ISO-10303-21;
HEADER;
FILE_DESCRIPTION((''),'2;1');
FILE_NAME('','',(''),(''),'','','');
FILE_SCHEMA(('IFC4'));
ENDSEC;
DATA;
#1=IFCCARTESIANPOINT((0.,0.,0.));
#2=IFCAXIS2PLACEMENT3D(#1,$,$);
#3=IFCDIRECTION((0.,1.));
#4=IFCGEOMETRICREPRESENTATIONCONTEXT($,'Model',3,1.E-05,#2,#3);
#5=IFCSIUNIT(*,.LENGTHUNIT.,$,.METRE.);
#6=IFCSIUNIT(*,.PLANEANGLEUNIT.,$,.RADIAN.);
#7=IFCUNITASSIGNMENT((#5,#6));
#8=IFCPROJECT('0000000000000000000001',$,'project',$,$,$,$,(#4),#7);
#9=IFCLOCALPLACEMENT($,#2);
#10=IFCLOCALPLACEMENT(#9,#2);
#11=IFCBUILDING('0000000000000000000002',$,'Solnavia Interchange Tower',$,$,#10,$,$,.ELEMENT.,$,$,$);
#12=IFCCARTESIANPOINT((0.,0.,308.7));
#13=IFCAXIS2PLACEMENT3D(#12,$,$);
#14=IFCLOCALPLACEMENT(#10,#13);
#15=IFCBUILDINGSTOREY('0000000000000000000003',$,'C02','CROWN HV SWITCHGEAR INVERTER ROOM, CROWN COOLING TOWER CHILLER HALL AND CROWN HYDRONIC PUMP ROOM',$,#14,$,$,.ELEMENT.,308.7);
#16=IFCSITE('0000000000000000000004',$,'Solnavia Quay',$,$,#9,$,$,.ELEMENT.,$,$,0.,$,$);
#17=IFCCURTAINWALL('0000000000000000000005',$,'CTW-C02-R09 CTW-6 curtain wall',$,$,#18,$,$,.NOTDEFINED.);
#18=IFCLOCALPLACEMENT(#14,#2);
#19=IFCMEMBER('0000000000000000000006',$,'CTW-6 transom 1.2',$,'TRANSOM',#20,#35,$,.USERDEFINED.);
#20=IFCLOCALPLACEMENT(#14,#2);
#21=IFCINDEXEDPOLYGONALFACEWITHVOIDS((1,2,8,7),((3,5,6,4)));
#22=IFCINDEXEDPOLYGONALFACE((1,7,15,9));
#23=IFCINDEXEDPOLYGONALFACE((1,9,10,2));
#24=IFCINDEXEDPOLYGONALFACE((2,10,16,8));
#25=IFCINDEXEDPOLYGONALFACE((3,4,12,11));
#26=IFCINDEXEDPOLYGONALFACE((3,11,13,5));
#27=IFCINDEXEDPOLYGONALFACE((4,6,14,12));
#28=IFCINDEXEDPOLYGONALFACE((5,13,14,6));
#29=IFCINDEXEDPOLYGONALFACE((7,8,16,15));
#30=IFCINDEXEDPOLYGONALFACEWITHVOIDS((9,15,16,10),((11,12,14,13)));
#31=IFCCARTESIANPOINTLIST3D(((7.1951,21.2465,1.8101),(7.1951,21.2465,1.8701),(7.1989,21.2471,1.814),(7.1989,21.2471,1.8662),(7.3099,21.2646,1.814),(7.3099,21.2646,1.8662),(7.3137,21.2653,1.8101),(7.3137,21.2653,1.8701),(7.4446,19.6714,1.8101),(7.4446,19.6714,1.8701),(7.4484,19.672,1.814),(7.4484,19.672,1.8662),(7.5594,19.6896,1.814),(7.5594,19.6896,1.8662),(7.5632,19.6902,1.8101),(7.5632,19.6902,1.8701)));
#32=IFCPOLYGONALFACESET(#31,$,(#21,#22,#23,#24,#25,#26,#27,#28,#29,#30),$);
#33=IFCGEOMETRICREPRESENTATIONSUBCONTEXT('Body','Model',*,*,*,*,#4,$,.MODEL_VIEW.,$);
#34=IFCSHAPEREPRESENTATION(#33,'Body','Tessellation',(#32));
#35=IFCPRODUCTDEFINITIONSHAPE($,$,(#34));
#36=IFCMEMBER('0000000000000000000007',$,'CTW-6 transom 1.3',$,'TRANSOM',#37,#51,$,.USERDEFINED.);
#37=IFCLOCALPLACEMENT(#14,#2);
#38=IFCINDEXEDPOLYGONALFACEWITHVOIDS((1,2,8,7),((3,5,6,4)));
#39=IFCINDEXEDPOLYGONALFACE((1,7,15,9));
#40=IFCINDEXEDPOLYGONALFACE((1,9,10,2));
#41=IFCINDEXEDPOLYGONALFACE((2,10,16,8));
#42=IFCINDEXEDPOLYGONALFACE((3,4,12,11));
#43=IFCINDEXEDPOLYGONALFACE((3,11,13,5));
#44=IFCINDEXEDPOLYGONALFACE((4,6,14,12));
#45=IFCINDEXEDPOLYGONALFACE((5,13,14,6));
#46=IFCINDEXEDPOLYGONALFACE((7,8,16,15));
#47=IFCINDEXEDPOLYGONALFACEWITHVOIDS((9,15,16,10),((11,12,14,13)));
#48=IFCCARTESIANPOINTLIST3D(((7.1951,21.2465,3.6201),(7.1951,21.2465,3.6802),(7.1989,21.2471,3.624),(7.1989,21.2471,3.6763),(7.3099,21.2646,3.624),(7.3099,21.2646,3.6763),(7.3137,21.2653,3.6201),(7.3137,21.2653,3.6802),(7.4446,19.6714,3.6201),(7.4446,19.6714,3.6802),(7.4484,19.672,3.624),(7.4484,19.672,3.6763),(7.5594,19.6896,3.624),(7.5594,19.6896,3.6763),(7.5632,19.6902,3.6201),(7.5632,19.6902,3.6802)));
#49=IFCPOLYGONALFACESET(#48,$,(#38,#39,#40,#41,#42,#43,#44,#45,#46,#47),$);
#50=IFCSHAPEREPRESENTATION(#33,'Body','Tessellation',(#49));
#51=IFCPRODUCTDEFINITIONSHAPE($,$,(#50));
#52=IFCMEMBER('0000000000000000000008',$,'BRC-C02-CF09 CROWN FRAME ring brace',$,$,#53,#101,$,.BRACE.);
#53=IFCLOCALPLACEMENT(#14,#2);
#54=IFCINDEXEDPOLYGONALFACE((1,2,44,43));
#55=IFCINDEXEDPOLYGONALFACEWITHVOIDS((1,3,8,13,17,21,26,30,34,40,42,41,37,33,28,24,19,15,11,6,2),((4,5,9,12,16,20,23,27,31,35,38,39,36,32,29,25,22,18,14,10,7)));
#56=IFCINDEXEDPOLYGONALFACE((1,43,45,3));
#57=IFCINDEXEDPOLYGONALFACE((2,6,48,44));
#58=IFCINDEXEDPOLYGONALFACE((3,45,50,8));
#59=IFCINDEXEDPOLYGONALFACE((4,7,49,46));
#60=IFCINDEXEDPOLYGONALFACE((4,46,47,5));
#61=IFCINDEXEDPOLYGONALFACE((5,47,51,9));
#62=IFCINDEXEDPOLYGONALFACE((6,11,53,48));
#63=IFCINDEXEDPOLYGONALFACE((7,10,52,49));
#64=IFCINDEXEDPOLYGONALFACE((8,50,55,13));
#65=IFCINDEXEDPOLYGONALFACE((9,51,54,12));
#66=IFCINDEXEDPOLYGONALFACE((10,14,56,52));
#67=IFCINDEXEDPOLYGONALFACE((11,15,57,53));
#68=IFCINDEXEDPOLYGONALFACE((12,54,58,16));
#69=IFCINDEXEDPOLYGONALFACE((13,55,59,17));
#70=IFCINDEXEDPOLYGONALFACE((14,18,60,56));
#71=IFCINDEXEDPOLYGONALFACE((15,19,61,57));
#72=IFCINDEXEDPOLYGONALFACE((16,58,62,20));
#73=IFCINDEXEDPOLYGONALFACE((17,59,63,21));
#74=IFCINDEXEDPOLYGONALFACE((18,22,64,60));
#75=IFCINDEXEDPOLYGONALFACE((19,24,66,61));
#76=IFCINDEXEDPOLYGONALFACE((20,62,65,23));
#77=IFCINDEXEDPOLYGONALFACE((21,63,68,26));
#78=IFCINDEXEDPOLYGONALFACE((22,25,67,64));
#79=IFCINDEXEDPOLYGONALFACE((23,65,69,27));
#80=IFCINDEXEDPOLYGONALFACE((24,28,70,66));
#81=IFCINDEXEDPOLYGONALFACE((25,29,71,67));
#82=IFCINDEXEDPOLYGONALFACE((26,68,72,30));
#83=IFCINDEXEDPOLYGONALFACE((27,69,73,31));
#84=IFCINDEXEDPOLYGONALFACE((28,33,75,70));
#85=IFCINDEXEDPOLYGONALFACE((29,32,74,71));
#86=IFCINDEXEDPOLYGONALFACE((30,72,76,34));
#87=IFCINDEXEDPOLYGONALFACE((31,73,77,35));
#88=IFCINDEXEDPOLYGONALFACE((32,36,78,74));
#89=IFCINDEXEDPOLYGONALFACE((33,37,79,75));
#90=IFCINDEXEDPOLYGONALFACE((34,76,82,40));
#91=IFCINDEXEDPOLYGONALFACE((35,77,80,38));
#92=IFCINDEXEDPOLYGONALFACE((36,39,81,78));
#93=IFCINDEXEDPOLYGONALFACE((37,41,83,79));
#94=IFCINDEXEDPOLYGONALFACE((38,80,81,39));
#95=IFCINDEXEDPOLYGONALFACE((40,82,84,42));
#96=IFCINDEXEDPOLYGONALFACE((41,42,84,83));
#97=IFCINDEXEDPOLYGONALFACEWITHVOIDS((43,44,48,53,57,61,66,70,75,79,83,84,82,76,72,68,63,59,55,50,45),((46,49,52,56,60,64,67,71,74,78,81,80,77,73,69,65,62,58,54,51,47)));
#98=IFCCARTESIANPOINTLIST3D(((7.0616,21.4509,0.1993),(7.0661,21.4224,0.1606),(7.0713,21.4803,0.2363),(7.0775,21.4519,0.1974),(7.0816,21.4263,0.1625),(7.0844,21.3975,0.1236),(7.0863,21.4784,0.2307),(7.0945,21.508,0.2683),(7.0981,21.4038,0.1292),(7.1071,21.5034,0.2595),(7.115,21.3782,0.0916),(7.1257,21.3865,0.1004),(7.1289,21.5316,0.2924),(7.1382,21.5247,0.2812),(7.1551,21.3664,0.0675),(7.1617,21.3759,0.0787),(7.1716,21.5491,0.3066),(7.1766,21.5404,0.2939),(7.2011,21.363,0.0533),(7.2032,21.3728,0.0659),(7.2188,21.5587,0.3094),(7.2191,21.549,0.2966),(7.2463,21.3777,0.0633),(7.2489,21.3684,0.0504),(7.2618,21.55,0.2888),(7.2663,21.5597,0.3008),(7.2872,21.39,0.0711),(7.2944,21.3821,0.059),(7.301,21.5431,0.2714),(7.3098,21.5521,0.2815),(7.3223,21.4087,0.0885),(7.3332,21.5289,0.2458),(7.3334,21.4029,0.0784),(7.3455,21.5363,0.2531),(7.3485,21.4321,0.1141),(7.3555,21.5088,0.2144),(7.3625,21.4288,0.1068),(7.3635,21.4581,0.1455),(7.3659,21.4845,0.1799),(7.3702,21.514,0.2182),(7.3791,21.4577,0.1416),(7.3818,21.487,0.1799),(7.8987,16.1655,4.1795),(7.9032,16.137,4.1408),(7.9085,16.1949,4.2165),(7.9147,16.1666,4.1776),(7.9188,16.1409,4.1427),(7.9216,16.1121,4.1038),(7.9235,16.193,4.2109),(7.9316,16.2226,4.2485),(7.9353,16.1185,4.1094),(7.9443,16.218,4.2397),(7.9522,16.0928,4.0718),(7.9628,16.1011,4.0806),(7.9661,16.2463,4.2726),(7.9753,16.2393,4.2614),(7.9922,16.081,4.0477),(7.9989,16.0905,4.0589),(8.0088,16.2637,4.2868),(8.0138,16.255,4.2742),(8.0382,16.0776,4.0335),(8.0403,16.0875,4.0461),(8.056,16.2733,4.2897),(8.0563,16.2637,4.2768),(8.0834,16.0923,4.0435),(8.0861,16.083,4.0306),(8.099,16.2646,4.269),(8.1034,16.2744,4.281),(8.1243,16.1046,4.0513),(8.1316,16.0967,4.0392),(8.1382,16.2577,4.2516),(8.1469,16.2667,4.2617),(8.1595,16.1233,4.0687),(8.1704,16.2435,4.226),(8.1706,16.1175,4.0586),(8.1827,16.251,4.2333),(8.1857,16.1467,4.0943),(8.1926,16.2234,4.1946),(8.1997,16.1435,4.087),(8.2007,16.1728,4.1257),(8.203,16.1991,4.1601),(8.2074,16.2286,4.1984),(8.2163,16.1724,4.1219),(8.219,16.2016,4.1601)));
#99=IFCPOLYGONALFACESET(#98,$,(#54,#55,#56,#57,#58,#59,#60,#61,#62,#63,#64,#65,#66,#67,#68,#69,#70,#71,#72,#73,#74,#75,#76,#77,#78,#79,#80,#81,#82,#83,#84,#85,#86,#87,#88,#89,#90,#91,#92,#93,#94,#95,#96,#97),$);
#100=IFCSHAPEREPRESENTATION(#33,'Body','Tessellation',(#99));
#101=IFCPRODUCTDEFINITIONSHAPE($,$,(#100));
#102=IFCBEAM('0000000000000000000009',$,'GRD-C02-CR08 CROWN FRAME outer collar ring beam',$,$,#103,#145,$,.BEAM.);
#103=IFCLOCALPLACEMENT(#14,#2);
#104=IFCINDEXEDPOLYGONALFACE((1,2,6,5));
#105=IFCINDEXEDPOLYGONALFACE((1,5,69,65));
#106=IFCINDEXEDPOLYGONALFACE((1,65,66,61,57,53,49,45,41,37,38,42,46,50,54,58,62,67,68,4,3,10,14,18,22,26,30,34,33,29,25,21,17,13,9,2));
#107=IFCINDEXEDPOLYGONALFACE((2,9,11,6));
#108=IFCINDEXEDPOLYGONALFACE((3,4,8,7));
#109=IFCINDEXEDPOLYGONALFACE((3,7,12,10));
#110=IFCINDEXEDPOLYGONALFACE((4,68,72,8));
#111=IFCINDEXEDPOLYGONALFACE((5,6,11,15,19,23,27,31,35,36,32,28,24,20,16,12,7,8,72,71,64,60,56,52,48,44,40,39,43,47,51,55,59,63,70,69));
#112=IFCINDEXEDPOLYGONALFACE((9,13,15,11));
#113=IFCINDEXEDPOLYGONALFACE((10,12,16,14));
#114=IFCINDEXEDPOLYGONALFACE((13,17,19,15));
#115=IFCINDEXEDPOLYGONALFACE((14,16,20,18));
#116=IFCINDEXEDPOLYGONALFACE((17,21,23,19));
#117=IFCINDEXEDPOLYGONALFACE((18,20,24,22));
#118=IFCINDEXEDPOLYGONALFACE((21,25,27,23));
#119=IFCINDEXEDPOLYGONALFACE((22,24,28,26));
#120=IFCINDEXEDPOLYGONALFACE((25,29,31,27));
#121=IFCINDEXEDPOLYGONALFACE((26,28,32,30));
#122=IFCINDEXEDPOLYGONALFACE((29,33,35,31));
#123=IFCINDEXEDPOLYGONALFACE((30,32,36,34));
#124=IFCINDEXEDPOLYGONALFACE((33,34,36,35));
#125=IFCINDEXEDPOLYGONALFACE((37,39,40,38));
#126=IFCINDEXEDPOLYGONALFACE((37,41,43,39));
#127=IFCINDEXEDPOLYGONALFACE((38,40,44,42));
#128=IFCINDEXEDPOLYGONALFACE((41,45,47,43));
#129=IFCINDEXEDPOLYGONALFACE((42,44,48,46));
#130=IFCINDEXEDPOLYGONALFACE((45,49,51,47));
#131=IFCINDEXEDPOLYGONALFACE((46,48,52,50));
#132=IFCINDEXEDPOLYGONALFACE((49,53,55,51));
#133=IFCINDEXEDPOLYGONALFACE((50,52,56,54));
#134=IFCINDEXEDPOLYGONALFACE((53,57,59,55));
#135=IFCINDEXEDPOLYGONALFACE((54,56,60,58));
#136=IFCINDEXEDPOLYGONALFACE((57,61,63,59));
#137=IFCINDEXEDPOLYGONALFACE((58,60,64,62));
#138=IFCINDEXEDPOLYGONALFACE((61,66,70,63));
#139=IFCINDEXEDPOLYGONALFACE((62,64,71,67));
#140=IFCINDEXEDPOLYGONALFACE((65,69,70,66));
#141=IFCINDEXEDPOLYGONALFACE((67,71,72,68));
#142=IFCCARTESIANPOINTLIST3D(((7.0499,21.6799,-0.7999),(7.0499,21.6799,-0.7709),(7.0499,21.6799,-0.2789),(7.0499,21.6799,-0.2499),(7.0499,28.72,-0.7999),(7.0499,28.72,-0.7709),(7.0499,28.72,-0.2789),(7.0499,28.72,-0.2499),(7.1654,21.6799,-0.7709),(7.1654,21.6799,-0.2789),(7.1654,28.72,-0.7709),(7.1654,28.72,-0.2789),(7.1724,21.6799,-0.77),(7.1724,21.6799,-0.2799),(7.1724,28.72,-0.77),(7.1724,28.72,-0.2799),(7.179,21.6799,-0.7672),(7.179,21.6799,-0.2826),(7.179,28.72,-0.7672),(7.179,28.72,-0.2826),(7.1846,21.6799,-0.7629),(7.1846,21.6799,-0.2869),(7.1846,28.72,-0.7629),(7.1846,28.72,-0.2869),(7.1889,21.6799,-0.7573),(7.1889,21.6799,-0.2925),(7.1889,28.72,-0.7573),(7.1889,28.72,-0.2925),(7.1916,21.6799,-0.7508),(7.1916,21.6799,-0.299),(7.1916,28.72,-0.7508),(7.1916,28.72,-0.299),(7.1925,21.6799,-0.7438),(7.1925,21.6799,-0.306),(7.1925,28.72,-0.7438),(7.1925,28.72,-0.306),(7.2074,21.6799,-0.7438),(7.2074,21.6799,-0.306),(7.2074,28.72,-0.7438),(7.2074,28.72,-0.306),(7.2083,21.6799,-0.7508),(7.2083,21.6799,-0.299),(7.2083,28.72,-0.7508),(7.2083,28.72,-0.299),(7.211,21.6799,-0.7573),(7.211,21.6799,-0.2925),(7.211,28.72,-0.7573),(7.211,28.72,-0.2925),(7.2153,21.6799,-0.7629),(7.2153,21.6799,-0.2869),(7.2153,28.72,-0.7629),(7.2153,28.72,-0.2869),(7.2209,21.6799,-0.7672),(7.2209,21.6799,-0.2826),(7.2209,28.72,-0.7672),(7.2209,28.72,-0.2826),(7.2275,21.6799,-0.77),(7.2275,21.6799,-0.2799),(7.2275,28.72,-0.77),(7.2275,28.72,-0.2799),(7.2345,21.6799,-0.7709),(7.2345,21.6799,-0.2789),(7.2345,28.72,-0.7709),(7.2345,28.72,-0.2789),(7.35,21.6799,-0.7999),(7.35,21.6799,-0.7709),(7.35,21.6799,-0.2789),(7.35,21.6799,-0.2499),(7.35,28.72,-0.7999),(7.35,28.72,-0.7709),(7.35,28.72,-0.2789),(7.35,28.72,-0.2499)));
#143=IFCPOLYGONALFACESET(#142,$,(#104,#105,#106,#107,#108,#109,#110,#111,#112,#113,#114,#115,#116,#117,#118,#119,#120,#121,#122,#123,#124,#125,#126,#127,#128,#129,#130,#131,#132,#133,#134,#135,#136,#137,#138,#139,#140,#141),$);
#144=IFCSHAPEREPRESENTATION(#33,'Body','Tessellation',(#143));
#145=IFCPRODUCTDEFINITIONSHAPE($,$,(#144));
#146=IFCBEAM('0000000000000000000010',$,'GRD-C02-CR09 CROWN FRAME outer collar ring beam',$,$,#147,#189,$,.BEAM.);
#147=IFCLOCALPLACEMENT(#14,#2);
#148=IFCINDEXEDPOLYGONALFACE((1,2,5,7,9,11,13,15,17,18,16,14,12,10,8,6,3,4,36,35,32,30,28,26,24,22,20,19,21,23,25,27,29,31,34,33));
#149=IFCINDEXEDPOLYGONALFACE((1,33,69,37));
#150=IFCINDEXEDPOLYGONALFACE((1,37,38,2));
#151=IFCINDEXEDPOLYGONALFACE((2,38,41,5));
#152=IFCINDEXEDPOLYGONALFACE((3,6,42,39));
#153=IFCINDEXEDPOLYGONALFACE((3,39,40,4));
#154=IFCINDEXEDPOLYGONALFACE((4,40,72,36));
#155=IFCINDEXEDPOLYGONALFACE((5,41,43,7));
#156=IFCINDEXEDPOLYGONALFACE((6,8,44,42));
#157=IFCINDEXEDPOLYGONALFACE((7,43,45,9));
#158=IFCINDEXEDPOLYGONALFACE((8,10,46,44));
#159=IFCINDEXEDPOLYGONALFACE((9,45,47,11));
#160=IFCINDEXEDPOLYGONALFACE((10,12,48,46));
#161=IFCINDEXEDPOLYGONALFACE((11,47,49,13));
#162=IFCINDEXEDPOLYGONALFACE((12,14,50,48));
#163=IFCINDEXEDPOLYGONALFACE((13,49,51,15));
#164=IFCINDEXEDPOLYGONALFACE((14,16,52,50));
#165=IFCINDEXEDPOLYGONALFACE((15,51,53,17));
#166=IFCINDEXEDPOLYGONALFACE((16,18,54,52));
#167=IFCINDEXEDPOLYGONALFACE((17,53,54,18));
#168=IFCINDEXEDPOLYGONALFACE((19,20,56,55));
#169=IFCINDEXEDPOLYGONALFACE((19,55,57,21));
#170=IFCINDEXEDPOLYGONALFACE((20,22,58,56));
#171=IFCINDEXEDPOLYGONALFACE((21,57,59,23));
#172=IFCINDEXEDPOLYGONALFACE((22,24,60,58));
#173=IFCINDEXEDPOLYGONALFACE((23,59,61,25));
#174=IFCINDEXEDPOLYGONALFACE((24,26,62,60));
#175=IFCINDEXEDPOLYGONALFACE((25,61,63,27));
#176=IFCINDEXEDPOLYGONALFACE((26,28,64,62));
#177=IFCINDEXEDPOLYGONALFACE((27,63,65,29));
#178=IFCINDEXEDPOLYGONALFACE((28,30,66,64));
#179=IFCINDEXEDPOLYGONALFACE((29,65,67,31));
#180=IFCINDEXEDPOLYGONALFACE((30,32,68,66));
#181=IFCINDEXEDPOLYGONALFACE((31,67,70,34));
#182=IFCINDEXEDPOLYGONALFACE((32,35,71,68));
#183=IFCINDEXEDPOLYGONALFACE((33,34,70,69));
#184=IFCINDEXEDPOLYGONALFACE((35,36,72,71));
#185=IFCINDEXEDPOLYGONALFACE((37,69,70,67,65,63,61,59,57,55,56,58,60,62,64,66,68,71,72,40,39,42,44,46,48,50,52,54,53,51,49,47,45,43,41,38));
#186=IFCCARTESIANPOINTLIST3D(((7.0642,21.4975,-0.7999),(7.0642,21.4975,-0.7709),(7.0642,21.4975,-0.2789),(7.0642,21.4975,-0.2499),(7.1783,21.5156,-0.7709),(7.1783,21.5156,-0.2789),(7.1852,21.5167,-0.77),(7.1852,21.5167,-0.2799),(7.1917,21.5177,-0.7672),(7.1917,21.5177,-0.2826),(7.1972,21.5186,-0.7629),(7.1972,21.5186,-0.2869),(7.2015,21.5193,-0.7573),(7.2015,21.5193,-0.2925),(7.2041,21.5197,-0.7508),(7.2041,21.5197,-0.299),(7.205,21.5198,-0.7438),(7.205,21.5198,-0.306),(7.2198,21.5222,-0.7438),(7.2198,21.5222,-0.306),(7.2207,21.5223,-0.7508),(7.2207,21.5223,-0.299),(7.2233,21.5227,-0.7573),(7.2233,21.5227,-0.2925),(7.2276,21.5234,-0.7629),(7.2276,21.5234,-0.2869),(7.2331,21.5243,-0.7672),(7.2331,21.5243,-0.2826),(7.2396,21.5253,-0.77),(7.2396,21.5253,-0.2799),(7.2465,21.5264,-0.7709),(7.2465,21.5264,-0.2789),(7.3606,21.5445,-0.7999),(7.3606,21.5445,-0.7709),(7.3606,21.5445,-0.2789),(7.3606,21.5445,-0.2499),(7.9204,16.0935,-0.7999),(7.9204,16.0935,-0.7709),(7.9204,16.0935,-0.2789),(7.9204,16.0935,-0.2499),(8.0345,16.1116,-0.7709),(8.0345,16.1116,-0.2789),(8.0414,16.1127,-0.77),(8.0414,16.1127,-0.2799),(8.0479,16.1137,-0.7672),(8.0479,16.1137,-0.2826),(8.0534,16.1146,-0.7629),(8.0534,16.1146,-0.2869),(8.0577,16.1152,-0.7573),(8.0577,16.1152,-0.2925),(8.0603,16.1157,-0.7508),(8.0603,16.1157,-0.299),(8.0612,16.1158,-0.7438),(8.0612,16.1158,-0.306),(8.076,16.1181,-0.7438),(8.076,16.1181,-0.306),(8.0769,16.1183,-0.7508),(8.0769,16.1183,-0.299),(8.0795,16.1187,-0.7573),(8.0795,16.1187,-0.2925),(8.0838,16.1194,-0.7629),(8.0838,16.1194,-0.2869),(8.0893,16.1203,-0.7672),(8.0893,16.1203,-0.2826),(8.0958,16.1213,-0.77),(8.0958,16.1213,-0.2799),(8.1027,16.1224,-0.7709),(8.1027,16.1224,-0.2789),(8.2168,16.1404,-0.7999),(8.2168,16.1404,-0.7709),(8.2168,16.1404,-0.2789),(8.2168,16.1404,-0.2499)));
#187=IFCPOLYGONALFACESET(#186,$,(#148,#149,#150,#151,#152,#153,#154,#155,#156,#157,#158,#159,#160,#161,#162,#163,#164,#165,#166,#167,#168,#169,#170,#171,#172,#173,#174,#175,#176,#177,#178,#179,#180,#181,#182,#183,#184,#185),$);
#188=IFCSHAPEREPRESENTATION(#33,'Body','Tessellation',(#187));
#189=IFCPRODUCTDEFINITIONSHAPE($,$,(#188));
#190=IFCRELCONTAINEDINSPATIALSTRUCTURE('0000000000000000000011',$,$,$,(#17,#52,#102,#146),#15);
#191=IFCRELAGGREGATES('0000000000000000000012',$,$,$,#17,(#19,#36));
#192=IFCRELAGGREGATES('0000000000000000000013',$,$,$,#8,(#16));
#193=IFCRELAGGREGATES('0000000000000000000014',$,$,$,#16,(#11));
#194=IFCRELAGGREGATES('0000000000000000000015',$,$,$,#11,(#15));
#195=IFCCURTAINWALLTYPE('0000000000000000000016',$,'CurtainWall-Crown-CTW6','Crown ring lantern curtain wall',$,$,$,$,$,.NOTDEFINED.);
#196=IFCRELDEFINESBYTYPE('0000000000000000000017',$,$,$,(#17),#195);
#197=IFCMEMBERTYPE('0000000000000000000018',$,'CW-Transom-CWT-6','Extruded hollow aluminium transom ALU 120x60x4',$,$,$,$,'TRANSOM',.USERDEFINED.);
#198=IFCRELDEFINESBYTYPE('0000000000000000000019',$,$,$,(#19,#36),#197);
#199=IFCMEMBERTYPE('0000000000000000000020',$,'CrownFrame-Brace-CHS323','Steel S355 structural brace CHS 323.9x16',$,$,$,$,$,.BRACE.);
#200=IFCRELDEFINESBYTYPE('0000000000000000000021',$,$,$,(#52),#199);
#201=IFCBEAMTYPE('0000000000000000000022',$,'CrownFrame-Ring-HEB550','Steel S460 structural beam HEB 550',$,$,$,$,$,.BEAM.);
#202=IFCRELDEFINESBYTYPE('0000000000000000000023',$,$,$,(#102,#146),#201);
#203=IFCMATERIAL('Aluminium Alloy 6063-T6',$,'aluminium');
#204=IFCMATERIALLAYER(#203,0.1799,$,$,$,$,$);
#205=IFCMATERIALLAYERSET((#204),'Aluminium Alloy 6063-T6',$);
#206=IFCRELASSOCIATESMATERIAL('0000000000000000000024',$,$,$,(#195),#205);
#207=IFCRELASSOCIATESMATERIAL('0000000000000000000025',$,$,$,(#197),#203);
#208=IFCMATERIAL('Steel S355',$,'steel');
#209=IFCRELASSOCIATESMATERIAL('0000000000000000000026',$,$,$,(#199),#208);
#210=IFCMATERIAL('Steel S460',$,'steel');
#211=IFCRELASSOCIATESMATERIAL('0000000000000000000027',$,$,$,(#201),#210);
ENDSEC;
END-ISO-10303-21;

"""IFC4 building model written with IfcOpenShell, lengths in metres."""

from ifc_helpers import new_model, si_unit, direction, frame, origin, origin_2d, place, context, subcontext, project, spatial, hollow_rectangle, hollow_circle, i_section, extrude, material, layer, layer_set, material_profile, profile_set, type_object, element, aggregate, save


model = new_model("IFC4")

# Units and contexts
model_context = context("Model", 3, precision=1e-05, world=origin(), true_north=direction((0.0, 1.0)))
body_context = subcontext(model_context, "Body", "Model", "MODEL_VIEW")
ifc_project = project(units=[si_unit("LENGTHUNIT", "METRE"), si_unit("PLANEANGLEUNIT", "RADIAN")], contexts=[model_context])

# Site, building, storey
site_placement = place(None, origin())
site = spatial("IfcSite", under=ifc_project, at=site_placement, Name="Solnavia Quay", CompositionType="ELEMENT", RefElevation=0.0)
building_placement = place(site_placement, origin())
building = spatial("IfcBuilding", under=site, at=building_placement, Name="Solnavia Interchange Tower", CompositionType="ELEMENT")
storey_placement = place(building_placement, frame((0.0, 0.0, 308.7)))
storey = spatial("IfcBuildingStorey", under=building, at=storey_placement, Name="C02", Description="CROWN HV SWITCHGEAR INVERTER ROOM, CROWN COOLING TOWER CHILLER HALL AND CROWN HYDRONIC PUMP ROOM", CompositionType="ELEMENT", Elevation=308.7)

# Shared definitions
ifc_material_1 = material(Name="Steel S460", Category="steel")

# Curtain wall
ifc_material_2 = material(Name="Aluminium Alloy 6063-T6", Category="aluminium")
ifc_layer_1 = layer(ifc_material_2, 0.1799)
ifc_layer_set_1 = layer_set([ifc_layer_1], Name="Aluminium Alloy 6063-T6")
curtain_wall_type = type_object("IfcCurtainWallType", Name="CurtainWall-Crown-CTW6", Description="Crown ring lantern curtain wall", PredefinedType="NOTDEFINED", material=ifc_layer_set_1)
curtain_wall_1_placement = place(storey_placement, origin())
curtain_wall_1 = element("IfcCurtainWall", 1, at=curtain_wall_1_placement, inside=storey, type_object=curtain_wall_type, Name="CTW-C02-R09 CTW-6 curtain wall", PredefinedType="NOTDEFINED")

# Members
ifc_material_profile_1 = material_profile(ifc_material_2, hollow_rectangle(XDim=0.0601, YDim=0.1201, WallThickness=0.0039, at=origin_2d()), Name="ALU 120x60x4")
ifc_profile_set_1 = profile_set([ifc_material_profile_1], Name="Aluminium Alloy 6063-T6")
member_type_1 = type_object("IfcMemberType", Name="CW-Transom-CWT-6", Description="Extruded hollow aluminium transom ALU 120x60x4", ElementType="TRANSOM", PredefinedType="USERDEFINED", material=ifc_profile_set_1)
member_1_placement = place(storey_placement, frame((7.2544, 21.2559, 1.8401), z_axis=(0.15645, -0.987686, 0.0), x_axis=(0.0, 0.0, 1.0)))
member_1 = element("IfcMember", 2, at=member_1_placement, type_object=member_type_1, Name="CTW-6 transom 1.2", ObjectType="TRANSOM", PredefinedType="USERDEFINED", context=body_context, shape_type="SweptSolid", body=[
    extrude(hollow_rectangle(XDim=0.0601, YDim=0.1201, WallThickness=0.0039, at=origin_2d()), origin(), (0.0, 0.0, 1.0), 1.5947),
])
member_2_placement = place(storey_placement, frame((7.2544, 21.2559, 3.6501), z_axis=(0.15645, -0.987686, 0.0), x_axis=(0.0, 0.0, 1.0)))
member_2 = element("IfcMember", 3, at=member_2_placement, type_object=member_type_1, Name="CTW-6 transom 1.3", ObjectType="TRANSOM", PredefinedType="USERDEFINED", context=body_context, shape_type="SweptSolid", body=[
    extrude(hollow_rectangle(XDim=0.0601, YDim=0.1201, WallThickness=0.0039, at=origin_2d()), origin(), (0.0, 0.0, 1.0), 1.5947),
])
ifc_material_3 = material(Name="Steel S355", Category="steel")
ifc_material_profile_2 = material_profile(ifc_material_3, hollow_circle(Radius=0.1619, WallThickness=0.0161, at=origin_2d()), Name="CHS 323.9x16")
ifc_profile_set_2 = profile_set([ifc_material_profile_2], Name="Steel S355")
member_type_2 = type_object("IfcMemberType", Name="CrownFrame-Brace-CHS323", Description="Steel S355 structural brace CHS 323.9x16", PredefinedType="BRACE", material=ifc_profile_set_2)
member_3_placement = place(storey_placement, frame((7.2219, 21.4617, 0.1799), z_axis=(0.125526, -0.792507, 0.596805), x_axis=(0.987687, 0.15644, 0.0)))
element("IfcMember", 4, at=member_3_placement, inside=storey, type_object=member_type_2, Name="BRC-C02-CF09 CROWN FRAME ring brace", PredefinedType="BRACE", context=body_context, shape_type="SweptSolid", body=[
    extrude(hollow_circle(Radius=0.1619, WallThickness=0.0161, at=origin_2d()), origin(), (0.0, 0.0, 1.0), 6.6692),
])

# Beams
ifc_material_profile_3 = material_profile(ifc_material_1, i_section(OverallWidth=0.3, OverallDepth=0.55, WebThickness=0.0149, FlangeThickness=0.0291, FilletRadius=0.0271, at=origin_2d()), Name="HEB 550")
ifc_profile_set_3 = profile_set([ifc_material_profile_3], Name="Steel S460")
beam_type = type_object("IfcBeamType", Name="CrownFrame-Ring-HEB550", Description="Steel S460 structural beam HEB 550", PredefinedType="BEAM", material=ifc_profile_set_3)
beam_1_placement = place(storey_placement, frame((7.2, 28.72, -0.5249), z_axis=(0.0, -1.0, 0.0), x_axis=(1.0, 0.0, 0.0)))
element("IfcBeam", 5, at=beam_1_placement, inside=storey, type_object=beam_type, Name="GRD-C02-CR08 CROWN FRAME outer collar ring beam", PredefinedType="BEAM", context=body_context, shape_type="SweptSolid", body=[
    extrude(i_section(OverallWidth=0.3, OverallDepth=0.55, WebThickness=0.0149, FlangeThickness=0.0291, FilletRadius=0.0271, at=origin_2d()), origin(), (0.0, 0.0, 1.0), 7.04),
])
beam_2_placement = place(storey_placement, frame((7.2124, 21.521, -0.5249), z_axis=(0.156485, -0.98768, 0.0), x_axis=(0.98768, 0.156485, 0.0)))
element("IfcBeam", 6, at=beam_2_placement, inside=storey, type_object=beam_type, Name="GRD-C02-CR09 CROWN FRAME outer collar ring beam", PredefinedType="BEAM", context=body_context, shape_type="SweptSolid", body=[
    extrude(i_section(OverallWidth=0.3, OverallDepth=0.55, WebThickness=0.0149, FlangeThickness=0.0291, FilletRadius=0.0271, at=origin_2d()), origin(), (0.0, 0.0, 1.0), 5.4714),
])

aggregate(curtain_wall_1, [member_1, member_2])

save(model, "model.ifc")
